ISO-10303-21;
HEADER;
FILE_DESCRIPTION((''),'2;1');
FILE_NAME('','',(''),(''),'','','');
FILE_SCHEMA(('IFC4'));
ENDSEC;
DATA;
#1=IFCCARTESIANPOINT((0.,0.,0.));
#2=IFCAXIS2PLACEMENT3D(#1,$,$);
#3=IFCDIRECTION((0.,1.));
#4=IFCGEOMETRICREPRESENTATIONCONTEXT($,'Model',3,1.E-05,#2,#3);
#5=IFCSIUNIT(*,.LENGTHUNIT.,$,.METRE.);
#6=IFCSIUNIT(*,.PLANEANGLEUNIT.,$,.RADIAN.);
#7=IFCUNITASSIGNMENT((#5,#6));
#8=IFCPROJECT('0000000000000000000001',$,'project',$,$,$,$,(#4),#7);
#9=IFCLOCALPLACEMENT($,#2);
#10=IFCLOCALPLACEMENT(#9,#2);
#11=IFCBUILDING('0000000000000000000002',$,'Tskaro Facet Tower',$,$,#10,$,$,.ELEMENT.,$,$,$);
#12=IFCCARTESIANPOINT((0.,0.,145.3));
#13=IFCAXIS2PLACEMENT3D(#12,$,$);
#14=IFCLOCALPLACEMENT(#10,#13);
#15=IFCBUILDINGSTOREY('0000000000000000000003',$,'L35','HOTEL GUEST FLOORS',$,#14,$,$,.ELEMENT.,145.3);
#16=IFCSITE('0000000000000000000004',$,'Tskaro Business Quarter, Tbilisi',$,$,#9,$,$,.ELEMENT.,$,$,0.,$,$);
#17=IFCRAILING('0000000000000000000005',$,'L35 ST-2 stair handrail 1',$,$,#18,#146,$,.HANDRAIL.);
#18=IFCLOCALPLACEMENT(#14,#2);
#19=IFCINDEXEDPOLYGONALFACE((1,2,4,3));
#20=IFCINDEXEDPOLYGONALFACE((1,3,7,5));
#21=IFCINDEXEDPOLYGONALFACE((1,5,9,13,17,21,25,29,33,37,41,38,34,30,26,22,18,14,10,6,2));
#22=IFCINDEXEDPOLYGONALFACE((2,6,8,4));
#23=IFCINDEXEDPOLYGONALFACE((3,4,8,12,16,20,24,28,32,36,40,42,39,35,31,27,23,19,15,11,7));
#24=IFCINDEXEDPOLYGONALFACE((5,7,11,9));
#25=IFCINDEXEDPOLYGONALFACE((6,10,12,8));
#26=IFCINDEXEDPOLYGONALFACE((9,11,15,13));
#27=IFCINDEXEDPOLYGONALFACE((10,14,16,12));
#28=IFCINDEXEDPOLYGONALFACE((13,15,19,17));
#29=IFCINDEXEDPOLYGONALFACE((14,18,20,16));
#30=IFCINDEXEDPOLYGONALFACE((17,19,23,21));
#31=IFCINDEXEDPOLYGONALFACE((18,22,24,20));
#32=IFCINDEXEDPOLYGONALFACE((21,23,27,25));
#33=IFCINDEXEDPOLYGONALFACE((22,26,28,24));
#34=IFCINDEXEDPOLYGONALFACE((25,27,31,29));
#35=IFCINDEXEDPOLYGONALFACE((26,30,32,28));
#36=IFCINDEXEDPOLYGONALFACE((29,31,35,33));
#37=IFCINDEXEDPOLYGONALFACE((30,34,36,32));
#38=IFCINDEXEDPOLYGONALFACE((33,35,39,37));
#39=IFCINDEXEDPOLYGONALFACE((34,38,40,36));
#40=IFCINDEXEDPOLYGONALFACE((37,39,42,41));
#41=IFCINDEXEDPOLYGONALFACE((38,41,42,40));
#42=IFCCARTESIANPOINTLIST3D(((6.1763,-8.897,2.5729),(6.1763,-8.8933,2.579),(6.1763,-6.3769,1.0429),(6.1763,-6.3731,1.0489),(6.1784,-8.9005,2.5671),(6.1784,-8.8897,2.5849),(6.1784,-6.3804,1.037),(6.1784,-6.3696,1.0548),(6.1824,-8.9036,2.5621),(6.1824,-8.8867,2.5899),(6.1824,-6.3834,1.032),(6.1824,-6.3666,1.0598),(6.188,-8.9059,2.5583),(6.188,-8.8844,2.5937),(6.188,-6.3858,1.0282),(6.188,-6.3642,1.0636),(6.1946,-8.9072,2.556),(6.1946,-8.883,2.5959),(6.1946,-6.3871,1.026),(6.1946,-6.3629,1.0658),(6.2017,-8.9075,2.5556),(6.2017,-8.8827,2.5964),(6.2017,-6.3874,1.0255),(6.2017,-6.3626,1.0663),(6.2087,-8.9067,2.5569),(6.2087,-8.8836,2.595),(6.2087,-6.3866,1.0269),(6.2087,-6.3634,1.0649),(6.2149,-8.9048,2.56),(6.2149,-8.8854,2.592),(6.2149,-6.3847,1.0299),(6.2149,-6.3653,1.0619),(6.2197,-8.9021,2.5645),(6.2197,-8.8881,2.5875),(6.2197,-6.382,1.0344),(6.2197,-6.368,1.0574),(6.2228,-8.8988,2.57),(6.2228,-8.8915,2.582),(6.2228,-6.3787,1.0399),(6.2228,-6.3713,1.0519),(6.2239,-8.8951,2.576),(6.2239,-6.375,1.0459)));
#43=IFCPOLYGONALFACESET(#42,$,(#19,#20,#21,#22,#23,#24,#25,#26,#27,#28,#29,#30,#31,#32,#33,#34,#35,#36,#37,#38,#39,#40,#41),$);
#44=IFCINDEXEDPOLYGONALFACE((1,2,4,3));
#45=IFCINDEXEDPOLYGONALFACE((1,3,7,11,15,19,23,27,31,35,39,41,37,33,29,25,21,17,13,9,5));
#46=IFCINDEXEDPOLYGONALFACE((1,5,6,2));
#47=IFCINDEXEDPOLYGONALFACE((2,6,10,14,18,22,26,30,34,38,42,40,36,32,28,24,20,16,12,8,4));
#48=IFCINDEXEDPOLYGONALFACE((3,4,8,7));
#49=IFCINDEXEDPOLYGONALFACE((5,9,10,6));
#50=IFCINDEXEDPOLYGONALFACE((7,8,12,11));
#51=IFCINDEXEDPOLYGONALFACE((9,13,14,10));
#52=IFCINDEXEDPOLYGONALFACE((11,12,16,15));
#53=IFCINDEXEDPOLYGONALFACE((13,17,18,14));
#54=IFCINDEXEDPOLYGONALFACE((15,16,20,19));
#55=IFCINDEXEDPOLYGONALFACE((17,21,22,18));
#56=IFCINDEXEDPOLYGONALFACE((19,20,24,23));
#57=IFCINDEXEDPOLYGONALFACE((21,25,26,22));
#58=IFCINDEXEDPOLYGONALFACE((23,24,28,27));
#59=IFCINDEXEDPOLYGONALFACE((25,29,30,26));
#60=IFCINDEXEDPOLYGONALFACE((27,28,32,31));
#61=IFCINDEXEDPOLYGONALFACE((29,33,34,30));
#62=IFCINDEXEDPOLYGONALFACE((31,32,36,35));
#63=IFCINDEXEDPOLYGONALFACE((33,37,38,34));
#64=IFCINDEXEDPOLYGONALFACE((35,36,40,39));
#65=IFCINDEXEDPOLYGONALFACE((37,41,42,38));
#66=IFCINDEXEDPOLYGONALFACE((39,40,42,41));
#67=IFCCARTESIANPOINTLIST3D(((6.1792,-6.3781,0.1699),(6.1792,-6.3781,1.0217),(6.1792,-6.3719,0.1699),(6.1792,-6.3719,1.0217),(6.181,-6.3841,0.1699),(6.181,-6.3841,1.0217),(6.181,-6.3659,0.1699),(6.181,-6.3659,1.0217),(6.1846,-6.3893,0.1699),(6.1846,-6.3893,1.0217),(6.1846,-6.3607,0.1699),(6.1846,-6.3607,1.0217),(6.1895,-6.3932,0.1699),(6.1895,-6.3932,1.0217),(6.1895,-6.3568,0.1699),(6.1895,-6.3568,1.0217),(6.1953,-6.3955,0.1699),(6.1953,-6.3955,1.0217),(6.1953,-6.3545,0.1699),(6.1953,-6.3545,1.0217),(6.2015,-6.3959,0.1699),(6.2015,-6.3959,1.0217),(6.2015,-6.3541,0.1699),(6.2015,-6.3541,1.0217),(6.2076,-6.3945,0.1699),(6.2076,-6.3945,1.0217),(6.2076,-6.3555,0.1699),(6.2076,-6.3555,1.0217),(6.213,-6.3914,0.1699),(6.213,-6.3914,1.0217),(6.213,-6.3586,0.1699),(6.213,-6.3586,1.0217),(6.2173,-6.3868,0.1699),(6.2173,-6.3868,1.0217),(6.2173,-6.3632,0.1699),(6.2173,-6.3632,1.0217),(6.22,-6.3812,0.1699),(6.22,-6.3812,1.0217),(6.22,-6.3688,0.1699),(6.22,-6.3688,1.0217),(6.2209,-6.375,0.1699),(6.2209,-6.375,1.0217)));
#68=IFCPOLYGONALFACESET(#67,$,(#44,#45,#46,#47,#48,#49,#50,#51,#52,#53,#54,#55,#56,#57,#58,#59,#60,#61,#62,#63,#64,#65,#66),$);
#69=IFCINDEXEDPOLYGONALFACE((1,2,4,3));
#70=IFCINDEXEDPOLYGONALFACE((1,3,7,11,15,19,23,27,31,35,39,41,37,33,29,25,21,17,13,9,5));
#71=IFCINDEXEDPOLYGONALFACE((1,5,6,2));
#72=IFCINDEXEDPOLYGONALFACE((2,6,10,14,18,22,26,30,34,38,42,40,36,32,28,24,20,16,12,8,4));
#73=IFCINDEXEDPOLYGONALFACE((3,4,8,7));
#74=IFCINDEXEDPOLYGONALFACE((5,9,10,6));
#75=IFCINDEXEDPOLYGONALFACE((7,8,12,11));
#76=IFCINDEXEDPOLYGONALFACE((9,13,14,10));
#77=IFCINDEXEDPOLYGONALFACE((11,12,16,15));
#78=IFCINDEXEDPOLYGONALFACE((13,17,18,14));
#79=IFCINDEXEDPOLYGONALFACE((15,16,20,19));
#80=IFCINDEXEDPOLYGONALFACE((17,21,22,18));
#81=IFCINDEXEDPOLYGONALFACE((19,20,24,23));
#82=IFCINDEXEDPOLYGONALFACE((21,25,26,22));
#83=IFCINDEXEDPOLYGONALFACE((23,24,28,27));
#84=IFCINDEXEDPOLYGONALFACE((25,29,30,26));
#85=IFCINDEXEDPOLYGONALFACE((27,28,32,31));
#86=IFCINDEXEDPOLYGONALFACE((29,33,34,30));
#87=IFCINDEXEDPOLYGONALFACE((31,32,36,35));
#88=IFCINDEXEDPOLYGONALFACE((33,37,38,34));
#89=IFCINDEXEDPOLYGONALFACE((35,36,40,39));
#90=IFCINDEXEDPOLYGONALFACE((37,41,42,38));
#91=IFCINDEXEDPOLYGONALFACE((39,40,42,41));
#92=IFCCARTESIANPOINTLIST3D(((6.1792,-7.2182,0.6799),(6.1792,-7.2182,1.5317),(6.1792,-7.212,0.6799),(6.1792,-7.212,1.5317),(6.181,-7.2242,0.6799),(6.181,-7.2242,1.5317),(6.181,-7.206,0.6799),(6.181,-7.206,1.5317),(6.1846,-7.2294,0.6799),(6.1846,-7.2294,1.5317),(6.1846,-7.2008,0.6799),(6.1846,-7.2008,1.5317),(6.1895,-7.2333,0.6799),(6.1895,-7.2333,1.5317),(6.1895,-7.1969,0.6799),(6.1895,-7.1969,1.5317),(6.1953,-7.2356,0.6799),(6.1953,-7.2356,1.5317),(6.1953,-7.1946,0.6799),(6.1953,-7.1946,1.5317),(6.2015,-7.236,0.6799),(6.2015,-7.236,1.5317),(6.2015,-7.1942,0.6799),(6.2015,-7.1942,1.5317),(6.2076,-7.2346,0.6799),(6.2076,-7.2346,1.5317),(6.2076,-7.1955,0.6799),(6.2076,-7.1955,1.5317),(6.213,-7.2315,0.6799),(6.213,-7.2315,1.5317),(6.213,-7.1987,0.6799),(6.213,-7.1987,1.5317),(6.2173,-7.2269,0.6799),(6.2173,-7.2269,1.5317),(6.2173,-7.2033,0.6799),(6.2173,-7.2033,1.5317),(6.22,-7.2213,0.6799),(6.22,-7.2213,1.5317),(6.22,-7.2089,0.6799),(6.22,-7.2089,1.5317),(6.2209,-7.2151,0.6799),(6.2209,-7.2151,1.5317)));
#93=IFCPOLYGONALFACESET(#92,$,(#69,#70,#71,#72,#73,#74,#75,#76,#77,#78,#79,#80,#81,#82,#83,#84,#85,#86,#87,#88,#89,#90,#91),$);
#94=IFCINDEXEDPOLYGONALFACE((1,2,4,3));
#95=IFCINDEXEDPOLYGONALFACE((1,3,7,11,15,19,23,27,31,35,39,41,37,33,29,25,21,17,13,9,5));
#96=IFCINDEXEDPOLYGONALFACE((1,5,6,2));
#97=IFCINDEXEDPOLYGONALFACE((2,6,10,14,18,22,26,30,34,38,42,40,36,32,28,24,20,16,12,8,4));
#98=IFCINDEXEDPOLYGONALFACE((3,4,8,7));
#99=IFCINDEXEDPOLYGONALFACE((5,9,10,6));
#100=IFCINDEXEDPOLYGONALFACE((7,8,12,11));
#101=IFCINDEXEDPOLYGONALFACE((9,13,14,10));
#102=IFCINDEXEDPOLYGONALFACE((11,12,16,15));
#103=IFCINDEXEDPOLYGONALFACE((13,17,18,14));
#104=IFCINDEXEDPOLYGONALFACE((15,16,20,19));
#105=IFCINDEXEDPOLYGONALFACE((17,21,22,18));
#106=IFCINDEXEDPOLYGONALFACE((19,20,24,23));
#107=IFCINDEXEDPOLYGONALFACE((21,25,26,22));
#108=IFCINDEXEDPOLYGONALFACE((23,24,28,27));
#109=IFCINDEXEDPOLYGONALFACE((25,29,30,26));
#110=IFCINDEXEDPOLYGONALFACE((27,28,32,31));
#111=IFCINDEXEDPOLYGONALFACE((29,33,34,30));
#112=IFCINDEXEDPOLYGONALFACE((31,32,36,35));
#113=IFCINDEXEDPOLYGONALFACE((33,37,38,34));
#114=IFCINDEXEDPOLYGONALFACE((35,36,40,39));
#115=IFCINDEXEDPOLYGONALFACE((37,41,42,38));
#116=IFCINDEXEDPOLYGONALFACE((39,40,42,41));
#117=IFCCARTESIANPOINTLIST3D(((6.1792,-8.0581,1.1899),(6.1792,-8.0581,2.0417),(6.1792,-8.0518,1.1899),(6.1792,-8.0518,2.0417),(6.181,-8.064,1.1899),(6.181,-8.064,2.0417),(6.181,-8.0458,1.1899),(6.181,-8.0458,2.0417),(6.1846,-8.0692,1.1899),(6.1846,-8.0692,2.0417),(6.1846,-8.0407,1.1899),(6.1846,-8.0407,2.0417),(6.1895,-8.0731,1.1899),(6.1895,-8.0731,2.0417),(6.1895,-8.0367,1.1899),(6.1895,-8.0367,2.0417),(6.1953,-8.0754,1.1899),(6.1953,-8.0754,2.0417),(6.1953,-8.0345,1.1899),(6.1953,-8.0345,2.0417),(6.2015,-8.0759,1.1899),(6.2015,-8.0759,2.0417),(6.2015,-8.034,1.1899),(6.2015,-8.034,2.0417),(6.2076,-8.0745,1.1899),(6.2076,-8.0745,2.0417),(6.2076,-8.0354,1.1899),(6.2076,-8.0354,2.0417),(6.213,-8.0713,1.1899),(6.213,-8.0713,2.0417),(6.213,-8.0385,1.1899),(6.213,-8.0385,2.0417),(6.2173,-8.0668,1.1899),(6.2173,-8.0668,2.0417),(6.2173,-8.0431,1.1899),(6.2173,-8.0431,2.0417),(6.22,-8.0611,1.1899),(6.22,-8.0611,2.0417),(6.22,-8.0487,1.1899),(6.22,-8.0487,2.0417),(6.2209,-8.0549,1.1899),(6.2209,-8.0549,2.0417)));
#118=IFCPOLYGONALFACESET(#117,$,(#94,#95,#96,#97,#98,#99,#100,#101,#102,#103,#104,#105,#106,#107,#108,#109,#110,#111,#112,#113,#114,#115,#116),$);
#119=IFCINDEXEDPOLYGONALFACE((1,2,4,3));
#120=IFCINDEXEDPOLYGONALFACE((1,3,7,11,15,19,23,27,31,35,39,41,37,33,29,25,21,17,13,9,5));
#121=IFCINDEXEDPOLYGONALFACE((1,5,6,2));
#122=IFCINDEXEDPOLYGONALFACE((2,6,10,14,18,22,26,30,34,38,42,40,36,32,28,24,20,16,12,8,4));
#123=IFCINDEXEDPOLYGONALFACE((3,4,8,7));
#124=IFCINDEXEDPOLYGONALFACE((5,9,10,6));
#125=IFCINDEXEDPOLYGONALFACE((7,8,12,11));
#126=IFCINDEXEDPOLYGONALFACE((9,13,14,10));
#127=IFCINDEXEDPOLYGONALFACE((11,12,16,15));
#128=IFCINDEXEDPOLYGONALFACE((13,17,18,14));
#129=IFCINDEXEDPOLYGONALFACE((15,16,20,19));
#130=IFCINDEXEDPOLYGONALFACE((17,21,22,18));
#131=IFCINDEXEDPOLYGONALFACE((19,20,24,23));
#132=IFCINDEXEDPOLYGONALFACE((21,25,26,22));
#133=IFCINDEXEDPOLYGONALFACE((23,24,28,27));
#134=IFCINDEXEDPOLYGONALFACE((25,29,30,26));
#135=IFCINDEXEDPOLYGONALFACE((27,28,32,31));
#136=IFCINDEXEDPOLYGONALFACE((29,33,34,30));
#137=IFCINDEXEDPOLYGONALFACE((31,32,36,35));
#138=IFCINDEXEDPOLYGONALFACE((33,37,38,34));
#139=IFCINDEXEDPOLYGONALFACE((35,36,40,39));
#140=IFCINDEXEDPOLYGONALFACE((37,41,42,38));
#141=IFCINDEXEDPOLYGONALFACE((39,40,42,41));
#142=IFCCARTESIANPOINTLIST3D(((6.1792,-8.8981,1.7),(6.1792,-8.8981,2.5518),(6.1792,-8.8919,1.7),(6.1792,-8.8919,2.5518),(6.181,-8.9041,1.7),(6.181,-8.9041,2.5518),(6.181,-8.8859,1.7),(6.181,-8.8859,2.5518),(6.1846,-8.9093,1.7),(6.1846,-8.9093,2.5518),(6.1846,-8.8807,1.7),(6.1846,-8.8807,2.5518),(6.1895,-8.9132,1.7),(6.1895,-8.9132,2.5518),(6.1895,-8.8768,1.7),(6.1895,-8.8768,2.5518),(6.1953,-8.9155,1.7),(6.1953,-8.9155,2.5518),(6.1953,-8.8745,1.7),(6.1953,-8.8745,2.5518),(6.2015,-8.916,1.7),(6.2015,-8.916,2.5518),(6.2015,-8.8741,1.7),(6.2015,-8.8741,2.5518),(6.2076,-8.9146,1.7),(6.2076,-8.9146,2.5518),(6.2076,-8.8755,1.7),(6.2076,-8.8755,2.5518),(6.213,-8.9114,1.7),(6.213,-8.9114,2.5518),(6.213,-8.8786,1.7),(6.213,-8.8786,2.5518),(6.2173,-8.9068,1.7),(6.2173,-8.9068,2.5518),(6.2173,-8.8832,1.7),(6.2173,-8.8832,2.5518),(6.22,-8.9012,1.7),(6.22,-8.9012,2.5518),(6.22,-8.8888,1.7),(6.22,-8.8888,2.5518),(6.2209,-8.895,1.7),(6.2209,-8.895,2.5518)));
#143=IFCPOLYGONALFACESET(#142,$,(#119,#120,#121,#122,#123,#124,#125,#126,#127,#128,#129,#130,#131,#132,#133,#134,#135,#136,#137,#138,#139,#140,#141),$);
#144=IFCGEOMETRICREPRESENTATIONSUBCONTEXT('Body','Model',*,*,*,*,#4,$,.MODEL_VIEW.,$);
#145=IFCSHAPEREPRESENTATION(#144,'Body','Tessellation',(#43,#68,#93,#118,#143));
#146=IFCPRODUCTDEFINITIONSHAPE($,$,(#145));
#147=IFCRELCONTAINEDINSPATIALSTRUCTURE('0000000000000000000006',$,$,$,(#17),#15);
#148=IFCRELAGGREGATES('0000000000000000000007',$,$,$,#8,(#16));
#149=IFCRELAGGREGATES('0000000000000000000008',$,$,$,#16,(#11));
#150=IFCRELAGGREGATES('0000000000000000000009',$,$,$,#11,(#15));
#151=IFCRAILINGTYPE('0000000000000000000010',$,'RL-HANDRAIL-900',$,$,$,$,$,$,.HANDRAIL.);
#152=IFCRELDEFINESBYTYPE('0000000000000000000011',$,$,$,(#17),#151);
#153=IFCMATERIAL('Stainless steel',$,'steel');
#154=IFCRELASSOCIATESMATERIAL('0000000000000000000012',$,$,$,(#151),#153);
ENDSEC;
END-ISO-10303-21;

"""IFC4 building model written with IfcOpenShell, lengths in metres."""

from ifc_helpers import new_model, si_unit, direction, frame, origin, origin_2d, place, context, subcontext, project, spatial, circle, extrude, material, type_object, element, save


model = new_model("IFC4")

# Units and contexts
model_context = context("Model", 3, precision=1e-05, world=origin(), true_north=direction((0.0, 1.0)))
body_context = subcontext(model_context, "Body", "Model", "MODEL_VIEW")
ifc_project = project(units=[si_unit("LENGTHUNIT", "METRE"), si_unit("PLANEANGLEUNIT", "RADIAN")], contexts=[model_context])

# Site, building, storey
site_placement = place(None, origin())
site = spatial("IfcSite", under=ifc_project, at=site_placement, Name="Tskaro Business Quarter, Tbilisi", CompositionType="ELEMENT", RefElevation=0.0)
building_placement = place(site_placement, origin())
building = spatial("IfcBuilding", under=site, at=building_placement, Name="Tskaro Facet Tower", CompositionType="ELEMENT")
storey_placement = place(building_placement, frame((0.0, 0.0, 145.3)))
storey = spatial("IfcBuildingStorey", under=building, at=storey_placement, Name="L35", Description="HOTEL GUEST FLOORS", CompositionType="ELEMENT", Elevation=145.3)

# Railing
ifc_material_1 = material(Name="Stainless steel", Category="steel")
railing_type_1 = type_object("IfcRailingType", Name="RL-HANDRAIL-900", PredefinedType="HANDRAIL", material=ifc_material_1)
railing_1_placement = place(storey_placement, frame((6.2, -6.375, 0.1699)))
element("IfcRailing", 1, at=railing_1_placement, inside=storey, type_object=railing_type_1, Name="L35 ST-2 stair handrail 1", PredefinedType="HANDRAIL", context=body_context, shape_type="SweptSolid", body=[
    extrude(circle(Radius=0.0239, at=origin_2d()), frame((0.0, 0.0, 0.876), z_axis=(0.0, -0.854785, 0.518982), x_axis=(1.0, 0.0, 0.0)), (0.0, 0.0, 1.0), 2.9482),
    extrude(circle(Radius=0.021, at=origin_2d()), origin(), (0.0, 0.0, 1.0), 0.8518),
    extrude(circle(Radius=0.021, at=origin_2d()), frame((0.0, -0.8401, 0.51)), (0.0, 0.0, 1.0), 0.8518),
    extrude(circle(Radius=0.021, at=origin_2d()), frame((0.0, -1.6799, 1.02)), (0.0, 0.0, 1.0), 0.8518),
    extrude(circle(Radius=0.021, at=origin_2d()), frame((0.0, -2.52, 1.53)), (0.0, 0.0, 1.0), 0.8518),
])

save(model, "model.ifc")
